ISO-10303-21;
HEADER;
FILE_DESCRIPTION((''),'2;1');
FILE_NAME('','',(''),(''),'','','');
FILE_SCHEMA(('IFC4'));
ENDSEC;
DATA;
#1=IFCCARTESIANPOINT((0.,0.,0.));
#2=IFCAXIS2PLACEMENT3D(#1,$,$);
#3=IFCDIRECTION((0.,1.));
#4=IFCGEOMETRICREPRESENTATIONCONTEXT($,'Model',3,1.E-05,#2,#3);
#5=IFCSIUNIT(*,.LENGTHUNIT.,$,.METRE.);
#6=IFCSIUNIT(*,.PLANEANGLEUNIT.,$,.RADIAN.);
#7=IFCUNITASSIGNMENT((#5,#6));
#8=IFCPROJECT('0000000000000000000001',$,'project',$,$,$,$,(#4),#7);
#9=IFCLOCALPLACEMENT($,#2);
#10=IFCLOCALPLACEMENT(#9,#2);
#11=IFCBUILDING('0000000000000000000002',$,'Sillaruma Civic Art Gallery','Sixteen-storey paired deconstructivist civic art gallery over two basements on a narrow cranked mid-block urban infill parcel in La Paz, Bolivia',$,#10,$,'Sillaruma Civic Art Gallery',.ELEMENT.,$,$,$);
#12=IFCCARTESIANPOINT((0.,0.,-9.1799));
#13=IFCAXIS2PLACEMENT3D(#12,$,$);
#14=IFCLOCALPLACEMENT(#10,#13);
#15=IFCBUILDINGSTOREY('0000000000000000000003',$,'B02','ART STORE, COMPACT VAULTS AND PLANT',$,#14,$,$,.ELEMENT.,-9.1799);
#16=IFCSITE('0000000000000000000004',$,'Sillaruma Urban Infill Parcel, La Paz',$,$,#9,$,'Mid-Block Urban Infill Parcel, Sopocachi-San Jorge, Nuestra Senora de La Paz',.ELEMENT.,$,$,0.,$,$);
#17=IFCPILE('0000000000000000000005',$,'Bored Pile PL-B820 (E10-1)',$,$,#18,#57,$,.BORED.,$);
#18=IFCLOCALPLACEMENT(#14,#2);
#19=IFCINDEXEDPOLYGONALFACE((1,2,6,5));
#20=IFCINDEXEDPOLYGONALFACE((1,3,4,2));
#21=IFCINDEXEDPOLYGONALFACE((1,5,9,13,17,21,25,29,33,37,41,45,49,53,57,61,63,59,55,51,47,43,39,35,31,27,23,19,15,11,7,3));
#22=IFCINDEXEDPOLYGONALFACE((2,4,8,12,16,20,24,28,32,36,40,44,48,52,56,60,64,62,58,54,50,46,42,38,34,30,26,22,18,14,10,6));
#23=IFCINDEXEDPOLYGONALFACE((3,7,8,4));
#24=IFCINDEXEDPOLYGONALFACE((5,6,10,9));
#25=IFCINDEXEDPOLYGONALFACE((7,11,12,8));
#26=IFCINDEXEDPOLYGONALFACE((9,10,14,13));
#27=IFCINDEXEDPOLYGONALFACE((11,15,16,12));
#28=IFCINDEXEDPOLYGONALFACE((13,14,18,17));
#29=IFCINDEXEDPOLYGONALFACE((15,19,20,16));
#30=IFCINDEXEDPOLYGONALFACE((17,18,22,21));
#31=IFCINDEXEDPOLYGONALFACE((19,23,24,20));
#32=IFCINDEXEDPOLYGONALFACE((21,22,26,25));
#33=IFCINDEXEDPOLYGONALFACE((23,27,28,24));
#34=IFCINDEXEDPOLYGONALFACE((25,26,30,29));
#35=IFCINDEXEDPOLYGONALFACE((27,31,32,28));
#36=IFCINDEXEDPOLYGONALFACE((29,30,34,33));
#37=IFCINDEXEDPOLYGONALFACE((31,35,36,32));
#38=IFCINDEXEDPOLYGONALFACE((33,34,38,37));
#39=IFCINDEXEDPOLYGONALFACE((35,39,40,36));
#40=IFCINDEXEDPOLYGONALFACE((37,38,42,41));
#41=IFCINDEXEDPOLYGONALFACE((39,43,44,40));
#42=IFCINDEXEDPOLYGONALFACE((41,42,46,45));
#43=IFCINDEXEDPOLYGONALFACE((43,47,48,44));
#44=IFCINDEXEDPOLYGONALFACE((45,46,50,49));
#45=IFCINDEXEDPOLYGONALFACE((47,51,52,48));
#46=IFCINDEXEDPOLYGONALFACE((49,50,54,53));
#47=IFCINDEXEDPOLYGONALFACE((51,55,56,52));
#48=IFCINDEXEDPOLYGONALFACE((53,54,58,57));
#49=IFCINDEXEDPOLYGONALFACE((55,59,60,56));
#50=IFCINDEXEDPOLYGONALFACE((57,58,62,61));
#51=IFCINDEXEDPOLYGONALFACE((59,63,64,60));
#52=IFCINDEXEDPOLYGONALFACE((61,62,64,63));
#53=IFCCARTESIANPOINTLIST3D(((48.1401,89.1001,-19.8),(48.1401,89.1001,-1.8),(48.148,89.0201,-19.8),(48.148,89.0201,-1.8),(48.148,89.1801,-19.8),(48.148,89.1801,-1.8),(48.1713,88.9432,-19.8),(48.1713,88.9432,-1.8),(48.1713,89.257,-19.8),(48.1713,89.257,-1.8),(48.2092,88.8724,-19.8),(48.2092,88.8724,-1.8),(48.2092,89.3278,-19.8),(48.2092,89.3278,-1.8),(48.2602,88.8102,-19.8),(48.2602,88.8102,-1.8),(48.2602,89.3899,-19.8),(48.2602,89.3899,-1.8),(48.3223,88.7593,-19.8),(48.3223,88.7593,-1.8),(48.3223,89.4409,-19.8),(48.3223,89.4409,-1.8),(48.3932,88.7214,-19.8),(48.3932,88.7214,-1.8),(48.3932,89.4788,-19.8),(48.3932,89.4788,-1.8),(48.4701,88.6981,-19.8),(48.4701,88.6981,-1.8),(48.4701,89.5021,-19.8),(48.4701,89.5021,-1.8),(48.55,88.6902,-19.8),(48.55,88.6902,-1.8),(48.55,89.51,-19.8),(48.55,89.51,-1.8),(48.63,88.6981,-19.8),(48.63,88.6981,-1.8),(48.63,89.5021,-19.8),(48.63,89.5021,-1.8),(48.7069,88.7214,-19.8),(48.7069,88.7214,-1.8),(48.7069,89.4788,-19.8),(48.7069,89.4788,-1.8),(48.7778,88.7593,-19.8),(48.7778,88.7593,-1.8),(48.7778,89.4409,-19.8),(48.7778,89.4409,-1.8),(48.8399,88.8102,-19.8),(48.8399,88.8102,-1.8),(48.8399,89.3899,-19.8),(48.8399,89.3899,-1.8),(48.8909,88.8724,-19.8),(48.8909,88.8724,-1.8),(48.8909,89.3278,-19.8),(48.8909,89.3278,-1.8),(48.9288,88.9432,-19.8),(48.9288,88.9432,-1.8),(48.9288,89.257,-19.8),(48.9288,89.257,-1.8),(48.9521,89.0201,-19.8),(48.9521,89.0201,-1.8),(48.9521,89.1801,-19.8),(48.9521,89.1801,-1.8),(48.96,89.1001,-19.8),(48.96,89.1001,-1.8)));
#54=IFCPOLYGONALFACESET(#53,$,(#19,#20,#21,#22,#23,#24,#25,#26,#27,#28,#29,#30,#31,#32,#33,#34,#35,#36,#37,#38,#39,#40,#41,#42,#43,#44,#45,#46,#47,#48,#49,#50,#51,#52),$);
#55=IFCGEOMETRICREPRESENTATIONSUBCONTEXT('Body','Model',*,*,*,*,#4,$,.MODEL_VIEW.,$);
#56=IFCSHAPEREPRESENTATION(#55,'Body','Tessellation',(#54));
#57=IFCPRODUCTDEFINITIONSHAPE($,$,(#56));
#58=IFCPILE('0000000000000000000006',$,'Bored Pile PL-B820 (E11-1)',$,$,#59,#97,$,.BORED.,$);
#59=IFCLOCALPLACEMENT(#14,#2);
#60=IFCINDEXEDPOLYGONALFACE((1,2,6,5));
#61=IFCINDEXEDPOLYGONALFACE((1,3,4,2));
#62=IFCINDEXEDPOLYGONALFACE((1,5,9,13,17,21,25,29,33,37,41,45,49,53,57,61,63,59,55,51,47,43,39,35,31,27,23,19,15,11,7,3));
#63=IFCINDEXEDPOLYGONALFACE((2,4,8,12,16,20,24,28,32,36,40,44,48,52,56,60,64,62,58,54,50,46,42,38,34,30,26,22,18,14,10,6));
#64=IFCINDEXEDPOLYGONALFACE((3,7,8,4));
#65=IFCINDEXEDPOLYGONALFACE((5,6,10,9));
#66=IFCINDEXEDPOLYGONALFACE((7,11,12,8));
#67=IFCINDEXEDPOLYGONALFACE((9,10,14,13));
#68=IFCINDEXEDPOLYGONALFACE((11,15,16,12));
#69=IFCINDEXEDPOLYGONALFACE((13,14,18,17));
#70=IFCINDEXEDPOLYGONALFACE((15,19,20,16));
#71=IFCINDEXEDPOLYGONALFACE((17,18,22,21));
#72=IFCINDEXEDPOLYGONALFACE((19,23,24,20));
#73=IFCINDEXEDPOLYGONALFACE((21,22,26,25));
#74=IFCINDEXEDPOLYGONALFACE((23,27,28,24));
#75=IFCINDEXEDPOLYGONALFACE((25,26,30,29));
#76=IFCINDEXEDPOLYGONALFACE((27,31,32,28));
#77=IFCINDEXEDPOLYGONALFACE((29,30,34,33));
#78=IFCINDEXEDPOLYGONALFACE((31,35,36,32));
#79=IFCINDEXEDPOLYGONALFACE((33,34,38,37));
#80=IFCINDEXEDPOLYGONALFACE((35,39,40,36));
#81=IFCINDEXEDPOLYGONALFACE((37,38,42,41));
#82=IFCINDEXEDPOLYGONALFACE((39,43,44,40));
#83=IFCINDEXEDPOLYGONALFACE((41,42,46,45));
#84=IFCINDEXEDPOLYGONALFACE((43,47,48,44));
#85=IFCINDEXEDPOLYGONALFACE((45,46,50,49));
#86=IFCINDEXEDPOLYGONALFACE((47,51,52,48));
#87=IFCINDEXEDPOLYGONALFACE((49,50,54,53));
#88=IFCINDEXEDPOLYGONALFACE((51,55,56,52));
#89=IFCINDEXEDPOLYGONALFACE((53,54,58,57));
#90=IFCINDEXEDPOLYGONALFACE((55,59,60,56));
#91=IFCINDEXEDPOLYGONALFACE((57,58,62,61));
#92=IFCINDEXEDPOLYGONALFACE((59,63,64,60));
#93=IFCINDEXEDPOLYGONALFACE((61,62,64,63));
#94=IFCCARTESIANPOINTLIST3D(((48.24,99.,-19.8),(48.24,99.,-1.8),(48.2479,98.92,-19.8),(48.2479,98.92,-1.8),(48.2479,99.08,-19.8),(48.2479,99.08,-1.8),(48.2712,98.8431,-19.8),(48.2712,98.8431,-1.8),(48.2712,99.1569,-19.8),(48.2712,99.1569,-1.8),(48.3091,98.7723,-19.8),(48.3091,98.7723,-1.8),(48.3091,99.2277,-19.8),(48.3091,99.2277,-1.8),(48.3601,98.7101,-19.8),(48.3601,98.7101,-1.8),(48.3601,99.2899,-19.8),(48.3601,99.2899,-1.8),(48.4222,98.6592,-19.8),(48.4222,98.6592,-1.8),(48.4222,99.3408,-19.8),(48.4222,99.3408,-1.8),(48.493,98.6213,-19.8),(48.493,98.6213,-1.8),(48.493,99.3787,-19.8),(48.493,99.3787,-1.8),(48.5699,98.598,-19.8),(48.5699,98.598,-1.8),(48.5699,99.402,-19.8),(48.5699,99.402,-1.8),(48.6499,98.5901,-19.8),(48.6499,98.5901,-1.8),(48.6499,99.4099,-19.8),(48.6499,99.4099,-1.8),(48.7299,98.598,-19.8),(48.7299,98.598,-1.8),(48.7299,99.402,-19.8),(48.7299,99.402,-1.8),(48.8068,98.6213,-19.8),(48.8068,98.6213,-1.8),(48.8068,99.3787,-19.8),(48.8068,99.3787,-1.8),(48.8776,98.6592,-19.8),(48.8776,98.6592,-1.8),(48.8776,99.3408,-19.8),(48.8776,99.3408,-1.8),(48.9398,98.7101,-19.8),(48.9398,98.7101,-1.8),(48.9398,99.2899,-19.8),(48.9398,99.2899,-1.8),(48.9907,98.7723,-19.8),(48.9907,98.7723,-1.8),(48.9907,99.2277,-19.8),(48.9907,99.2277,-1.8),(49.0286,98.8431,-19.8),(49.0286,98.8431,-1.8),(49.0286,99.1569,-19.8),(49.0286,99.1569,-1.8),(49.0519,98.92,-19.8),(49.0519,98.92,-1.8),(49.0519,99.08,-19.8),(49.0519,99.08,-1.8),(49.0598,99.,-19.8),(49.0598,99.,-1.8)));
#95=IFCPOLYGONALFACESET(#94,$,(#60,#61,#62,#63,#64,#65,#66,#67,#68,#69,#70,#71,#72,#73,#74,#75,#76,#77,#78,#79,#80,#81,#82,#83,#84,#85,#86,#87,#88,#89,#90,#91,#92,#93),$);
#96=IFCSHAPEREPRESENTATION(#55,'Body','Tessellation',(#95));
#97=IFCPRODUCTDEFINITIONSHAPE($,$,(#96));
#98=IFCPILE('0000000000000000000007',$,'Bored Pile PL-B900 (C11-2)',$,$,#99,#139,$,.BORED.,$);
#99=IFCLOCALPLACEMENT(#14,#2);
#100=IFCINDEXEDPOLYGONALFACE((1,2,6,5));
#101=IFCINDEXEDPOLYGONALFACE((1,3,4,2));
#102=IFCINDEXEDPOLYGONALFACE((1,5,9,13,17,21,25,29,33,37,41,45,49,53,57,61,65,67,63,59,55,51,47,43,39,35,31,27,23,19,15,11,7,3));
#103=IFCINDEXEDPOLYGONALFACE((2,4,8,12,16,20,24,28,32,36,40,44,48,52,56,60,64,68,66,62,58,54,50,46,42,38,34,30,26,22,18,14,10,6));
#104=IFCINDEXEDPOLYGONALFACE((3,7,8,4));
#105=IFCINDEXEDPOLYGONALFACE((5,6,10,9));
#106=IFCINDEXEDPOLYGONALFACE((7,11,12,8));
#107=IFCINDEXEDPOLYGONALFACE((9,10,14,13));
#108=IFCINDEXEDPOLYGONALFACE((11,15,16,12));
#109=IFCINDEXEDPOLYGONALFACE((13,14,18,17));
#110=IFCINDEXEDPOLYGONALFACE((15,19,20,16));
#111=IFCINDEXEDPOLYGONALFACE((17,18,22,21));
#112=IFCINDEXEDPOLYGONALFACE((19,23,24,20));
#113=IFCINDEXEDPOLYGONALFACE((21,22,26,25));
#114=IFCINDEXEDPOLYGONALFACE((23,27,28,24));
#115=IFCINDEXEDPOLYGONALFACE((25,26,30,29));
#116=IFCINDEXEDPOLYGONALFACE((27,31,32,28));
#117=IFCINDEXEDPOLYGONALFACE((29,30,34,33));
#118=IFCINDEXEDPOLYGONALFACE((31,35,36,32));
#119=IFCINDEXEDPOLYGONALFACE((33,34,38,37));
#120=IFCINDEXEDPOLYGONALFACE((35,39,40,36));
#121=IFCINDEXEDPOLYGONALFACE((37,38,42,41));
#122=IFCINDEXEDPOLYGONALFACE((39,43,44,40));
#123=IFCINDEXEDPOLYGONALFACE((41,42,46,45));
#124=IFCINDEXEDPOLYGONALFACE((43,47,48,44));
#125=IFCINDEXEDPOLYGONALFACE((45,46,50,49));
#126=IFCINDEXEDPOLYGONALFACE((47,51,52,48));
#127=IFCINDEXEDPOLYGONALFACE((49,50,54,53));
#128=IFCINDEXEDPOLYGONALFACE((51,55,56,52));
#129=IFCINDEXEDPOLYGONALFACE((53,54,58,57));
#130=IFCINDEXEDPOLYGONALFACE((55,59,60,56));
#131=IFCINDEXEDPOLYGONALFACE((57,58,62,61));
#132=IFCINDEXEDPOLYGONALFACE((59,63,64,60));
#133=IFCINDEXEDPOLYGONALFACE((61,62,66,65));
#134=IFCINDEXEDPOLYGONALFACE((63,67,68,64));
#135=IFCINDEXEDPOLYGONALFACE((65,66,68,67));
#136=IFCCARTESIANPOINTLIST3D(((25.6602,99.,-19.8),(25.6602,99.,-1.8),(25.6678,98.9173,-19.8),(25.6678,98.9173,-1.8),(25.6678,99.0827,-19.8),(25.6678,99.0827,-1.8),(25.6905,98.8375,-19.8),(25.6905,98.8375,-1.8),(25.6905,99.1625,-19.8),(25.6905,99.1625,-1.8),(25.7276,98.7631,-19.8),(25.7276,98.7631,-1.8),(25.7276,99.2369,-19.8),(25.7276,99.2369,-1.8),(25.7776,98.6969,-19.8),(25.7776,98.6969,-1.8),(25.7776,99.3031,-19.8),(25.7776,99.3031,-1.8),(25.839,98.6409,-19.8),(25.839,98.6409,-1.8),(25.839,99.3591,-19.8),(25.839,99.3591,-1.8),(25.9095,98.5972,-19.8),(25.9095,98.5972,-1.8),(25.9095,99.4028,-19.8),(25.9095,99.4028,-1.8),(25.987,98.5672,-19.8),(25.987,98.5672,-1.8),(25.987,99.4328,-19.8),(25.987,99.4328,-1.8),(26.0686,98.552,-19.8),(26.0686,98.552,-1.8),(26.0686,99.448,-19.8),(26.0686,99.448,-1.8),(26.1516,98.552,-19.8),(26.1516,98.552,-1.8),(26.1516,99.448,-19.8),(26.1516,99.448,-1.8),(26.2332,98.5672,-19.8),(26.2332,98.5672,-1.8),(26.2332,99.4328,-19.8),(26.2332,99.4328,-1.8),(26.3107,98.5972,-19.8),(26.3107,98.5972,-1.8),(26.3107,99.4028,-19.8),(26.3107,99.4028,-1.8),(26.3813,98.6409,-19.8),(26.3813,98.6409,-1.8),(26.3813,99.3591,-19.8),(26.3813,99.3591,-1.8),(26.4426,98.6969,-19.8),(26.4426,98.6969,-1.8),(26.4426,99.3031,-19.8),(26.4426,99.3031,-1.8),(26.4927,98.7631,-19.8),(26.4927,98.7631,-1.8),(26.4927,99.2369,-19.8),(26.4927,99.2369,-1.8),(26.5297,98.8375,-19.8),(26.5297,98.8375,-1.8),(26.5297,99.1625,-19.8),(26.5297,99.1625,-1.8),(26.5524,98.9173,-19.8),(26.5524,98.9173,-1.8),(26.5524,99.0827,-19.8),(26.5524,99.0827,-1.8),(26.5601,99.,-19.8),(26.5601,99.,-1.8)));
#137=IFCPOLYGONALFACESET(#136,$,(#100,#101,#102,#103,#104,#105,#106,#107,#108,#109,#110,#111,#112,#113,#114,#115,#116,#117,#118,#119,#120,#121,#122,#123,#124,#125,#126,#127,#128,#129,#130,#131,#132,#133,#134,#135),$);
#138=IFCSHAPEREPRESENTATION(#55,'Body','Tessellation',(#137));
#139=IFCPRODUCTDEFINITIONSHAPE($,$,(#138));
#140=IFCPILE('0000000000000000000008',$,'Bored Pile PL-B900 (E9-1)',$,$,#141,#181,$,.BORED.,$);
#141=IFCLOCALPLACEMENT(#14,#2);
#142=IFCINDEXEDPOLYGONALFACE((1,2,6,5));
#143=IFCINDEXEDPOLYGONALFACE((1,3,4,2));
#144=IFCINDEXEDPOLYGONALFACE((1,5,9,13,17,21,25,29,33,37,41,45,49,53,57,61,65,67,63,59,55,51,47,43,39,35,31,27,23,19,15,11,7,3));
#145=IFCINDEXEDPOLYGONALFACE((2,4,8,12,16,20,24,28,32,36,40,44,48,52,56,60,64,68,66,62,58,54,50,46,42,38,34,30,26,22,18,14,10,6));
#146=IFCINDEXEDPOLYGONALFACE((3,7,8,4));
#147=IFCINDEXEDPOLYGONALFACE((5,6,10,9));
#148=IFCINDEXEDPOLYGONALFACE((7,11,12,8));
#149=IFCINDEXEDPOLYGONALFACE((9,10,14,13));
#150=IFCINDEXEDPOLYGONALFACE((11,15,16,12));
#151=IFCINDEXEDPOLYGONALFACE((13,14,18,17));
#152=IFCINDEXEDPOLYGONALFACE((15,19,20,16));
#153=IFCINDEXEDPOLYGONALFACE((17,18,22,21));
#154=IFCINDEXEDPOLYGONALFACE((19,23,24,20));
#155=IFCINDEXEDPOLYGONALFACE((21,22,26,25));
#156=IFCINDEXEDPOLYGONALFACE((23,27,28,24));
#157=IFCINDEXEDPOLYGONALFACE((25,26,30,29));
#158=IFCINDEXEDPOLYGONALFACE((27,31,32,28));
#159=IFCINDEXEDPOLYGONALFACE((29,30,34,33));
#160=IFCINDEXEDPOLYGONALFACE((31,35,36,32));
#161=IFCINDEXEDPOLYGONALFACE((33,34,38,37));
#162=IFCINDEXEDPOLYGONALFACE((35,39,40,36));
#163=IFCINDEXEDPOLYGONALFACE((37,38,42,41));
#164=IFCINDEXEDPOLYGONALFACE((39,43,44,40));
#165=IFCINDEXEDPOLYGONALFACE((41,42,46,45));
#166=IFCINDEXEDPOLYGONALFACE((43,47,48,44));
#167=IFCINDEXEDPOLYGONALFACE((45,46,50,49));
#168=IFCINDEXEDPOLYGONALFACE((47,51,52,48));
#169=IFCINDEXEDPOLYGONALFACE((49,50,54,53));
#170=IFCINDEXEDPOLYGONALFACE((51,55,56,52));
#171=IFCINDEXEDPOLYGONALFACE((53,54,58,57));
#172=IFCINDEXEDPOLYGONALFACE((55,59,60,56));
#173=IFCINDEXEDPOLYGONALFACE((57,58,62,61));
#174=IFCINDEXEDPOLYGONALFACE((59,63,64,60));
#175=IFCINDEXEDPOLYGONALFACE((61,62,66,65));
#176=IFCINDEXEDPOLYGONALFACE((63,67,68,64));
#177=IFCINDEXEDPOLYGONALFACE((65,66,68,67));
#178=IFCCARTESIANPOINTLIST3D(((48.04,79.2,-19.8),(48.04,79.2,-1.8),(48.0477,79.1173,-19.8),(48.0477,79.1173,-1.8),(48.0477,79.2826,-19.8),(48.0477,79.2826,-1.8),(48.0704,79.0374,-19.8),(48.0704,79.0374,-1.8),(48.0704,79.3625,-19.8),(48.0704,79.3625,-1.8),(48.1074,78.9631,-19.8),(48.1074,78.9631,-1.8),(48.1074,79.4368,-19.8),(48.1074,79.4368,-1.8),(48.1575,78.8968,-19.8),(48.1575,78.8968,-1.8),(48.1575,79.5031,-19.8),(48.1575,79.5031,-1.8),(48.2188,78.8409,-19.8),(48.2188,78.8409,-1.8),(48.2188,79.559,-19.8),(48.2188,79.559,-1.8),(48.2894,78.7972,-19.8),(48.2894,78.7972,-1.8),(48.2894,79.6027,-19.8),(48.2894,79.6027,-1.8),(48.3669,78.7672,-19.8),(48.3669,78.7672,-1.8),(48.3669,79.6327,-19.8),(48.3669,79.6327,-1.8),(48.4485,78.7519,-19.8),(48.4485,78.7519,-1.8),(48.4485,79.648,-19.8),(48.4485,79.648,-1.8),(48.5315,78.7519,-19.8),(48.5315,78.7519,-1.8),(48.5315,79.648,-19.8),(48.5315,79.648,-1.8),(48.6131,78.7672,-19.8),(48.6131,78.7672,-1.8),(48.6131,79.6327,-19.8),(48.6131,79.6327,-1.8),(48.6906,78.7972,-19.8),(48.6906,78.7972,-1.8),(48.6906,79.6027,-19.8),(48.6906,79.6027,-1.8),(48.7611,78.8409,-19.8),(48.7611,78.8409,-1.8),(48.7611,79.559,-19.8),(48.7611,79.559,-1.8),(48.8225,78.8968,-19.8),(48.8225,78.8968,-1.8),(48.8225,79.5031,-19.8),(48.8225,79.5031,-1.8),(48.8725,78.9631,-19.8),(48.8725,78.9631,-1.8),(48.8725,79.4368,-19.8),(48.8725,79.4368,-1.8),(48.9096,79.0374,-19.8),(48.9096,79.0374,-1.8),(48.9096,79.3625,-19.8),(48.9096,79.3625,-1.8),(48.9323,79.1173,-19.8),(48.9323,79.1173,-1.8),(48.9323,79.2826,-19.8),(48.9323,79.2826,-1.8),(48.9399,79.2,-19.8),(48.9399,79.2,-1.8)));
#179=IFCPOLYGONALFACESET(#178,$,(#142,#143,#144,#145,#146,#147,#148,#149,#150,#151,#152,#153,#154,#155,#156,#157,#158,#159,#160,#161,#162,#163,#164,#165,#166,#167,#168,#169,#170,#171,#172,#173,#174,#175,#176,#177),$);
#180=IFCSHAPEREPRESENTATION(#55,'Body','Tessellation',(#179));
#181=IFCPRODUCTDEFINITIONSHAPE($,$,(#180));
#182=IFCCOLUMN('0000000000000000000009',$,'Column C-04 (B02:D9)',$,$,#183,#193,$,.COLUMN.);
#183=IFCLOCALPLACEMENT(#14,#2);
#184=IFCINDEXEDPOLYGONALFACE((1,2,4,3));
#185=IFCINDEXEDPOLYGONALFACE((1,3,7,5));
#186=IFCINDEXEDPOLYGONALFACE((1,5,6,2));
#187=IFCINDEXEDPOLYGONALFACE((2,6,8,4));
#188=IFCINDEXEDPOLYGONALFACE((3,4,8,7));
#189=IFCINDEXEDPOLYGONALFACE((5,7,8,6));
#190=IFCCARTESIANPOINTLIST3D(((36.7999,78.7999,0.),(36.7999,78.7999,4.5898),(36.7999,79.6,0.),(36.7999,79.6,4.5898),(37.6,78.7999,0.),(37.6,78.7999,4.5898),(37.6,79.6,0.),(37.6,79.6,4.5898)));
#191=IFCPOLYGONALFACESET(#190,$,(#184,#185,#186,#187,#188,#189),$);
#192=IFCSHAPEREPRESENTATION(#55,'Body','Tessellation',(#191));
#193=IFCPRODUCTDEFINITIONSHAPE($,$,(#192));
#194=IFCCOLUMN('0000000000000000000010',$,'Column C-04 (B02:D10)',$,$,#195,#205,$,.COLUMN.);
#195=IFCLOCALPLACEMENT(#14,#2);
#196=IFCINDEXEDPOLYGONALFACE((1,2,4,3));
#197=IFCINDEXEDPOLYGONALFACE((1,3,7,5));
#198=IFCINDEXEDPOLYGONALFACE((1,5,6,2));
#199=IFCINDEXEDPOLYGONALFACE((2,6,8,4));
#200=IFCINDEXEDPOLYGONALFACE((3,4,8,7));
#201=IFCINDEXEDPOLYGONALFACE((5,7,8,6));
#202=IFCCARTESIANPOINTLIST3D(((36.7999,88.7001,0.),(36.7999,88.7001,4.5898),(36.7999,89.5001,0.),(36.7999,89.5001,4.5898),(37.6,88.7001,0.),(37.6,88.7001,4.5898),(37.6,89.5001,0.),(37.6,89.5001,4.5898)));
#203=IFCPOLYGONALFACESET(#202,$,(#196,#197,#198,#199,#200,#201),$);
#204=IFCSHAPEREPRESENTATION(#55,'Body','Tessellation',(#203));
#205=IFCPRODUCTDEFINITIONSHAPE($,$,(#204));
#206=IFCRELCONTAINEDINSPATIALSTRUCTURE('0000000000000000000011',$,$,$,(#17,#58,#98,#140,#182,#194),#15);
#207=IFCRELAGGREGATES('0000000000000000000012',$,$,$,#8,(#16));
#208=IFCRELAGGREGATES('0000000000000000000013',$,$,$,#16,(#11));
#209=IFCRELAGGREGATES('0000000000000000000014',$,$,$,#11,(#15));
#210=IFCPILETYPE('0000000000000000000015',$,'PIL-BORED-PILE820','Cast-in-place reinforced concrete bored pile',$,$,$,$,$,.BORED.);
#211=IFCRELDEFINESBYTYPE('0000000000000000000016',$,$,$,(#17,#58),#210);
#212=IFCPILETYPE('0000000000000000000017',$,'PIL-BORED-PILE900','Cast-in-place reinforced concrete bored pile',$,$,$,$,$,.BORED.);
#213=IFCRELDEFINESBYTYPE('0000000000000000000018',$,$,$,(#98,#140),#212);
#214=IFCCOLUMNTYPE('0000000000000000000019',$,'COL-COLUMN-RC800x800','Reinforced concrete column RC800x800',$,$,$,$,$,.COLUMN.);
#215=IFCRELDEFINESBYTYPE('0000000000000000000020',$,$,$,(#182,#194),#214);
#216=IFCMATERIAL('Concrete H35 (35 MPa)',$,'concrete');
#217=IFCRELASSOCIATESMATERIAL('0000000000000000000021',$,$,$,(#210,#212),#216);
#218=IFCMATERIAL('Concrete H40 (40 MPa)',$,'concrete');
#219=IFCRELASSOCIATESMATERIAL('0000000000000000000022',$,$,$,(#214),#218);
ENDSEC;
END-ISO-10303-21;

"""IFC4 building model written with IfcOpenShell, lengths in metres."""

from ifc_helpers import new_model, si_unit, direction, frame, origin, origin_2d, place, context, subcontext, project, spatial, rectangle, circle, extrude, material, material_profile, profile_set, type_object, element, save


model = new_model("IFC4")

# Units and contexts
model_context = context("Model", 3, precision=1e-05, world=origin(), true_north=direction((0.0, 1.0)))
body_context = subcontext(model_context, "Body", "Model", "MODEL_VIEW")
ifc_project = project(units=[si_unit("LENGTHUNIT", "METRE"), si_unit("PLANEANGLEUNIT", "RADIAN")], contexts=[model_context])

# Site, building, storey
site_placement = place(None, origin())
site = spatial("IfcSite", under=ifc_project, at=site_placement, Name="Sillaruma Urban Infill Parcel, La Paz", LongName="Mid-Block Urban Infill Parcel, Sopocachi-San Jorge, Nuestra Senora de La Paz", CompositionType="ELEMENT", RefElevation=0.0)
building_placement = place(site_placement, origin())
building = spatial("IfcBuilding", under=site, at=building_placement, Name="Sillaruma Civic Art Gallery", Description="Sixteen-storey paired deconstructivist civic art gallery over two basements on a narrow cranked mid-block urban infill parcel in La Paz, Bolivia", LongName="Sillaruma Civic Art Gallery", CompositionType="ELEMENT")
storey_placement = place(building_placement, frame((0.0, 0.0, -9.1799)))
storey = spatial("IfcBuildingStorey", under=building, at=storey_placement, Name="B02", Description="ART STORE, COMPACT VAULTS AND PLANT", CompositionType="ELEMENT", Elevation=-9.1799)

# Shared definitions
ifc_material_1 = material(Name="Concrete H35 (35 MPa)", Category="concrete")

# Piles
ifc_material_profile_1 = material_profile(ifc_material_1, circle(Radius=0.4099, at=origin_2d()), Name="PILE820")
ifc_profile_set_1 = profile_set([ifc_material_profile_1], Name="Concrete H35 (35 MPa)")
pile_type_1 = type_object("IfcPileType", Name="PIL-BORED-PILE820", Description="Cast-in-place reinforced concrete bored pile", PredefinedType="BORED", material=ifc_profile_set_1)
for number, where, z_axis, x_axis, name in (
    (1, (48.55, 89.1001, -1.8), (0.0, 0.0, -1.0), (1.0, 0.0, 0.0), "Bored Pile PL-B820 (E10-1)"),
    (2, (48.6499, 99.0, -1.8), (0.0, 0.0, -1.0), (1.0, 0.0, 0.0), "Bored Pile PL-B820 (E11-1)"),
):
    element("IfcPile", number, at=place(storey_placement, frame(where, z_axis=z_axis, x_axis=x_axis)), inside=storey, type_object=pile_type_1, Name=name, PredefinedType="BORED", context=body_context, shape_type="SweptSolid", body=[
        extrude(circle(Radius=0.4099, at=origin_2d()), origin(), (0.0, 0.0, 1.0), 18.0),
    ])
ifc_material_profile_2 = material_profile(ifc_material_1, circle(Radius=0.45, at=origin_2d()), Name="PILE900")
ifc_profile_set_2 = profile_set([ifc_material_profile_2], Name="Concrete H35 (35 MPa)")
pile_type_2 = type_object("IfcPileType", Name="PIL-BORED-PILE900", Description="Cast-in-place reinforced concrete bored pile", PredefinedType="BORED", material=ifc_profile_set_2)
for number, where, z_axis, x_axis, name in (
    (3, (26.1101, 99.0, -1.8), (0.0, 0.0, -1.0), (1.0, 0.0, 0.0), "Bored Pile PL-B900 (C11-2)"),
    (4, (48.49, 79.2, -1.8), (0.0, 0.0, -1.0), (1.0, 0.0, 0.0), "Bored Pile PL-B900 (E9-1)"),
):
    element("IfcPile", number, at=place(storey_placement, frame(where, z_axis=z_axis, x_axis=x_axis)), inside=storey, type_object=pile_type_2, Name=name, PredefinedType="BORED", context=body_context, shape_type="SweptSolid", body=[
        extrude(circle(Radius=0.45, at=origin_2d()), origin(), (0.0, 0.0, 1.0), 18.0),
    ])

# Columns
ifc_material_2 = material(Name="Concrete H40 (40 MPa)", Category="concrete")
ifc_material_profile_3 = material_profile(ifc_material_2, rectangle(XDim=0.8, YDim=0.8, at=origin_2d()), Name="RC800x800")
ifc_profile_set_3 = profile_set([ifc_material_profile_3], Name="Concrete H40 (40 MPa)")
column_type_1 = type_object("IfcColumnType", Name="COL-COLUMN-RC800x800", Description="Reinforced concrete column RC800x800", PredefinedType="COLUMN", material=ifc_profile_set_3)
for number, where, z_axis, x_axis, name in (
    (5, (37.2, 79.2, 0.0), (0.0, 0.0, 1.0), (1.0, 0.0, 0.0), "Column C-04 (B02:D9)"),
    (6, (37.2, 89.1001, 0.0), (0.0, 0.0, 1.0), (1.0, 0.0, 0.0), "Column C-04 (B02:D10)"),
):
    element("IfcColumn", number, at=place(storey_placement, frame(where, z_axis=z_axis, x_axis=x_axis)), inside=storey, type_object=column_type_1, Name=name, PredefinedType="COLUMN", context=body_context, shape_type="SweptSolid", body=[
        extrude(rectangle(XDim=0.8, YDim=0.8, at=origin_2d()), origin(), (0.0, 0.0, 1.0), 4.5898),
    ])

save(model, "model.ifc")
